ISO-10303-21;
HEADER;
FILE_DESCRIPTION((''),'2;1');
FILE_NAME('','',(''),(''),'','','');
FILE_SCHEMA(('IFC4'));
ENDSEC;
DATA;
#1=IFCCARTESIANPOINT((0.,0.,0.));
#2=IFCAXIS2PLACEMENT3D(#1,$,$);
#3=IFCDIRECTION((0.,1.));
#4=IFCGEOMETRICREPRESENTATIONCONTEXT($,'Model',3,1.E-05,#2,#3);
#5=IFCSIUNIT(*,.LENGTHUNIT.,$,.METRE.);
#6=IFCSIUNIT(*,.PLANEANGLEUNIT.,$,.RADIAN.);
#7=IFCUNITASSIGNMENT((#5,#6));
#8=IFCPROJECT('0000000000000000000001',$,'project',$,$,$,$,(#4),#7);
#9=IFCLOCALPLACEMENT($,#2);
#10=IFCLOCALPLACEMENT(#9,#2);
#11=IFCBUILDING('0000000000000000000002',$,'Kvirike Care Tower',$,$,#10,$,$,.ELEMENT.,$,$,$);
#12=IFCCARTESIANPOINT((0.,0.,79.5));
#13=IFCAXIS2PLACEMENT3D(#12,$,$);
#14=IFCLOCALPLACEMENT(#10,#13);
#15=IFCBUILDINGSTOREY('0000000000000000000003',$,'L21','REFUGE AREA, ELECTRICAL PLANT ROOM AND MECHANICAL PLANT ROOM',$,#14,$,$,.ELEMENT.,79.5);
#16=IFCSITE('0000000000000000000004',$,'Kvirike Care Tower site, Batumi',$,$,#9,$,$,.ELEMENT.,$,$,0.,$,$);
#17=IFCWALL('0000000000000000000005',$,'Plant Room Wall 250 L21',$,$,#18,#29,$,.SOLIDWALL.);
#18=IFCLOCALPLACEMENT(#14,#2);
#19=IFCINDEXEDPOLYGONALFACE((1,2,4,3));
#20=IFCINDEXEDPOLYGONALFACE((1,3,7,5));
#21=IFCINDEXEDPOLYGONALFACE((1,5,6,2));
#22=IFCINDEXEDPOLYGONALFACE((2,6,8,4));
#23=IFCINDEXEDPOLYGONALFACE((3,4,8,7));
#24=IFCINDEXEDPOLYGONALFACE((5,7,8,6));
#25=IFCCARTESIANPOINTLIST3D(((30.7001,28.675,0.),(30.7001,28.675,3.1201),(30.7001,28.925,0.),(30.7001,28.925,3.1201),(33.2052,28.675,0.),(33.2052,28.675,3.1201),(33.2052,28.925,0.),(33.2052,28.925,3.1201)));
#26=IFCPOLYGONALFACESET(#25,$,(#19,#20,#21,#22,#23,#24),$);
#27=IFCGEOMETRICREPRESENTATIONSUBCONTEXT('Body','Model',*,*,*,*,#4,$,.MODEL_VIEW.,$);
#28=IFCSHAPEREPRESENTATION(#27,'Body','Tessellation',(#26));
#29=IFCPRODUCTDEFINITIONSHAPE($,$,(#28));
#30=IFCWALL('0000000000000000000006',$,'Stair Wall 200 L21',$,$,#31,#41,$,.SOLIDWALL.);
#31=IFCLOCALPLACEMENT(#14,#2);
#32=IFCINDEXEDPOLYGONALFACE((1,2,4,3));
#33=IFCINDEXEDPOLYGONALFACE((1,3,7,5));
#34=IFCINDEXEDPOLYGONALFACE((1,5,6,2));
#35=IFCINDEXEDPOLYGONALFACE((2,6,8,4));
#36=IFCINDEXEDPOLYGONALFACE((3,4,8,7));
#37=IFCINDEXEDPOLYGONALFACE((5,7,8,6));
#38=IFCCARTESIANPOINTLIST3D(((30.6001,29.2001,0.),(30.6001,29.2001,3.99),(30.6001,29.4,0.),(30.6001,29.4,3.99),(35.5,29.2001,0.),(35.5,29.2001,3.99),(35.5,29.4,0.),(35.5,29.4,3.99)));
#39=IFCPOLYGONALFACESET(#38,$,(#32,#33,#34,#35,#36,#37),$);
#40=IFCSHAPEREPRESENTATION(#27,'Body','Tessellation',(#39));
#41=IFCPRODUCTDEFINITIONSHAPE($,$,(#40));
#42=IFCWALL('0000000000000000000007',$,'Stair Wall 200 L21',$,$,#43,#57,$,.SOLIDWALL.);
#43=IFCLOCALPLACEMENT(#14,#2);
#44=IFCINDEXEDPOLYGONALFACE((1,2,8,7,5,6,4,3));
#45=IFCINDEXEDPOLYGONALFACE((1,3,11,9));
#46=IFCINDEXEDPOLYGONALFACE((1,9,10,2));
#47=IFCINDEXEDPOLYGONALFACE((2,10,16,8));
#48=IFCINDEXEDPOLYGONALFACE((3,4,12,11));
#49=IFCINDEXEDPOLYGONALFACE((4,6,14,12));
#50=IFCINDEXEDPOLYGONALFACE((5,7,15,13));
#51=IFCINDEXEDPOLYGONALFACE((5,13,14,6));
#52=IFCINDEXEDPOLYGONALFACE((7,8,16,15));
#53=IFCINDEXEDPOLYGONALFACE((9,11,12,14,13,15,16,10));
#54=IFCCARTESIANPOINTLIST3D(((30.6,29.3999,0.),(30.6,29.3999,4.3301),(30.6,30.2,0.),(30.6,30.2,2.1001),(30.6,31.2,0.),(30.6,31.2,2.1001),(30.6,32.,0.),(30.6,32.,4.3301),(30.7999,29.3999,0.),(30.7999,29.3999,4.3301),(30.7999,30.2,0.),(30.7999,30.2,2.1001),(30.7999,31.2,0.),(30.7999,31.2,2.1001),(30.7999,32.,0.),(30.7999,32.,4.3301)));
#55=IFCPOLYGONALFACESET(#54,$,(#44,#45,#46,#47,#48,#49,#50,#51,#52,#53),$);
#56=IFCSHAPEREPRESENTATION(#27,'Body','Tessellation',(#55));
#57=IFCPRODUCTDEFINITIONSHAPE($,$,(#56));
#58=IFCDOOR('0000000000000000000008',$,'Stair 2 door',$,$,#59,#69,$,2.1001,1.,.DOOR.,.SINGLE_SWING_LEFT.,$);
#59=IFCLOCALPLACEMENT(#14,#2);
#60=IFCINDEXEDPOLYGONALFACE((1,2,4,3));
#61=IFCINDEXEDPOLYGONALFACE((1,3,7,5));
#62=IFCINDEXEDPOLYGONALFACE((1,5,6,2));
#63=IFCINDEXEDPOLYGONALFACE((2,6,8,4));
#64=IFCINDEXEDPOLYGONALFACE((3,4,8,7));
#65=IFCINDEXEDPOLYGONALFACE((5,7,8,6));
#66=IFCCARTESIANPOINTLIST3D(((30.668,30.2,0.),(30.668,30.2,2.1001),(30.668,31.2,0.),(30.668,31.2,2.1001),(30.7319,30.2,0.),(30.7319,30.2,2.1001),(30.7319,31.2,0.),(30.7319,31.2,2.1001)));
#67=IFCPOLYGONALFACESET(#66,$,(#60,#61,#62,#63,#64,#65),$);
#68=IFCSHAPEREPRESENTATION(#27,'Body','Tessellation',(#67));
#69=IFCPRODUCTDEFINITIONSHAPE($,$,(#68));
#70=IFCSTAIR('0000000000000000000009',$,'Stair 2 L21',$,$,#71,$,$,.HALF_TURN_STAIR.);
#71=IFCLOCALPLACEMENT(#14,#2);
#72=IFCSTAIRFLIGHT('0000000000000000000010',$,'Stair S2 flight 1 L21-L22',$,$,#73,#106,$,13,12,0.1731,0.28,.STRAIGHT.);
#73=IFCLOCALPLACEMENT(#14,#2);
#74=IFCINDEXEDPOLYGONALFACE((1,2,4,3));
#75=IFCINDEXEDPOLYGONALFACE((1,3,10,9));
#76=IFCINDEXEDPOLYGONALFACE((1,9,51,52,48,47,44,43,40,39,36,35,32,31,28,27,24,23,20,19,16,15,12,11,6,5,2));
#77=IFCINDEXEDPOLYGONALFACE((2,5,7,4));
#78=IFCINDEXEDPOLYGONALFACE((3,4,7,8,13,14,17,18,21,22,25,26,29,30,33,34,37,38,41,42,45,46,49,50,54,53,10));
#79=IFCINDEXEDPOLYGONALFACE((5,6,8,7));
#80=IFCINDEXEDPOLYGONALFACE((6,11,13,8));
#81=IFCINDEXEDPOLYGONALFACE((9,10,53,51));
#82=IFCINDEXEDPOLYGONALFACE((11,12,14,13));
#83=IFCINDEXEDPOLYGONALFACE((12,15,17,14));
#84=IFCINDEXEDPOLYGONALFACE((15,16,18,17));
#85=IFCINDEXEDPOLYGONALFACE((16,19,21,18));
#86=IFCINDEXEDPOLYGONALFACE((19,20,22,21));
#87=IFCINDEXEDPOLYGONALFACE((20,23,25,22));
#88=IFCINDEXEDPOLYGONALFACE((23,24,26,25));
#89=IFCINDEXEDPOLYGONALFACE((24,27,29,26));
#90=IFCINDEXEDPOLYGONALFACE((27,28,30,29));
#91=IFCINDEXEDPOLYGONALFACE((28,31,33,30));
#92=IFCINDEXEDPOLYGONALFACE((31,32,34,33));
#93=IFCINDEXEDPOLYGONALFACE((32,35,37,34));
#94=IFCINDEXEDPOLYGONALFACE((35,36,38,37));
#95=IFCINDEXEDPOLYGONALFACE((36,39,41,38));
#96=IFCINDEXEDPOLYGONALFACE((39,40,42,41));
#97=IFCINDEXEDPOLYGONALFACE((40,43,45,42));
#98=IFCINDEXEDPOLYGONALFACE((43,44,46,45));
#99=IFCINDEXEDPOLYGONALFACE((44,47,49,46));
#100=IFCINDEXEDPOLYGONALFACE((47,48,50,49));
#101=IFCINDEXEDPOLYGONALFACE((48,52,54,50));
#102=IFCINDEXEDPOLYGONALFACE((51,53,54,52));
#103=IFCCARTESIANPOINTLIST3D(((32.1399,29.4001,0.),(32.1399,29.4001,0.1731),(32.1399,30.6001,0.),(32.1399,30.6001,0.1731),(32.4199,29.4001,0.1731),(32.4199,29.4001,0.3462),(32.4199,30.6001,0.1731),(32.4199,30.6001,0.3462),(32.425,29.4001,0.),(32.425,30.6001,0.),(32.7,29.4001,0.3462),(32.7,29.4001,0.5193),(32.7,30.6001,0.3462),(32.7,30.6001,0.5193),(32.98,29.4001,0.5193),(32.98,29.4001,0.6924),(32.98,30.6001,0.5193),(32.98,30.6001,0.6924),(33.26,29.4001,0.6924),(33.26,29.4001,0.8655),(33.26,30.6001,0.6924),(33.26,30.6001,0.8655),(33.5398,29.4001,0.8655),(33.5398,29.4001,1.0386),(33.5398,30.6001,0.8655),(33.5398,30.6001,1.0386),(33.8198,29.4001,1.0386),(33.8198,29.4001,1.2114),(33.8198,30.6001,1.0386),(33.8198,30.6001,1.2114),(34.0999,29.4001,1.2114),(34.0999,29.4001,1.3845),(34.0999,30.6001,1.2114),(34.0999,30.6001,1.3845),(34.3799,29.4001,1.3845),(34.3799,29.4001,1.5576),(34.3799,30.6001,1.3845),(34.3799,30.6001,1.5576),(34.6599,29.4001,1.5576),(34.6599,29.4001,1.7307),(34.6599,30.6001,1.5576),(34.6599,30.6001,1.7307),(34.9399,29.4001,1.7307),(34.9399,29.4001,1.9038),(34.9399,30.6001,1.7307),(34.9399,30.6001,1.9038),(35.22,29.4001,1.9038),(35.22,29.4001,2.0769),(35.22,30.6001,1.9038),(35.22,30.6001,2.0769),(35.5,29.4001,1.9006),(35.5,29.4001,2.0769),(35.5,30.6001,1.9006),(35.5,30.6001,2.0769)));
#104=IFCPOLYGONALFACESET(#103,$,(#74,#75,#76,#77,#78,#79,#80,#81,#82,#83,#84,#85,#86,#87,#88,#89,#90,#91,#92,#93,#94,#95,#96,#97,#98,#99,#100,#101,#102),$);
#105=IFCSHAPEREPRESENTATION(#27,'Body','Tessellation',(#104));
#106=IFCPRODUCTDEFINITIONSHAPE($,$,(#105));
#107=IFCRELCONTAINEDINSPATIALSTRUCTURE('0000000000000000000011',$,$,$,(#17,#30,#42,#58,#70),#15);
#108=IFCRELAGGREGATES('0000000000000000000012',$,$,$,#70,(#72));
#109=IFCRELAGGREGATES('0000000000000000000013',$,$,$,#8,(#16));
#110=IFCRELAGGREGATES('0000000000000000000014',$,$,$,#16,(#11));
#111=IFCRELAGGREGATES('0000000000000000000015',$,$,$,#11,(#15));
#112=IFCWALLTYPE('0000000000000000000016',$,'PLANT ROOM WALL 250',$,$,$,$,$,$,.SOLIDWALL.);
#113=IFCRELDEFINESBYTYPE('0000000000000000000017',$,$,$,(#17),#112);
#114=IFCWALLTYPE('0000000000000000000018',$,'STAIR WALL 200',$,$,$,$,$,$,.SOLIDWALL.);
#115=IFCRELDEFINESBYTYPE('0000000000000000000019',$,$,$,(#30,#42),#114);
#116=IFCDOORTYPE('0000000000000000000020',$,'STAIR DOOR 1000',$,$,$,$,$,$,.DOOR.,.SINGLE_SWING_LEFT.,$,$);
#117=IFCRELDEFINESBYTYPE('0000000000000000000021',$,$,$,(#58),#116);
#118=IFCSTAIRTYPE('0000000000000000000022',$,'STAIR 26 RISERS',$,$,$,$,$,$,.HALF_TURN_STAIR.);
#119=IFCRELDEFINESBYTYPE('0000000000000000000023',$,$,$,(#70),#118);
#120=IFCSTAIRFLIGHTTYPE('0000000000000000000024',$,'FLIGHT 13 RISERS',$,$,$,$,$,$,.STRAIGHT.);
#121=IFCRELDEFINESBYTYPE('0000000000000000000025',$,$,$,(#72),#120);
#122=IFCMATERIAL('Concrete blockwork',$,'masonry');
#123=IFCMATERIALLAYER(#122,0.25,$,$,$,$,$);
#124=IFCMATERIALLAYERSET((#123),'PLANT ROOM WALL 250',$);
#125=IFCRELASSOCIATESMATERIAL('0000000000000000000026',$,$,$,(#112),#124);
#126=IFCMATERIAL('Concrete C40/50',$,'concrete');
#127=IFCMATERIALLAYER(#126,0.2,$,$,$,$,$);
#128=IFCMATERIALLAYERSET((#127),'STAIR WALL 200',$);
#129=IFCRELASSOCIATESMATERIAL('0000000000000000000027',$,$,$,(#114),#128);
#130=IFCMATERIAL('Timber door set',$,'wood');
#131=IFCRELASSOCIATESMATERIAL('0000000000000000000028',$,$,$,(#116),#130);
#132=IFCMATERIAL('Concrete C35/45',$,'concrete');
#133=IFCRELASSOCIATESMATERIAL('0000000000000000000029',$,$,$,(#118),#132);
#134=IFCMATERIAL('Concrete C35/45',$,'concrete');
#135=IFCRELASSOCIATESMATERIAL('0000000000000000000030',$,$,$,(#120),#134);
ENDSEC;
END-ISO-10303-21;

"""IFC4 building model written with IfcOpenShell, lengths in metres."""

from ifc_helpers import new_model, si_unit, direction, frame, frame_2d, origin, place, context, subcontext, project, spatial, polyline, rectangle, outline, extrude, material, layer, layer_set, type_object, element, fill, aggregate, save


model = new_model("IFC4")

# Units and contexts
model_context = context("Model", 3, precision=1e-05, world=origin(), true_north=direction((0.0, 1.0)))
body_context = subcontext(model_context, "Body", "Model", "MODEL_VIEW")
ifc_project = project(units=[si_unit("LENGTHUNIT", "METRE"), si_unit("PLANEANGLEUNIT", "RADIAN")], contexts=[model_context])

# Site, building, storey
site_placement = place(None, origin())
site = spatial("IfcSite", under=ifc_project, at=site_placement, Name="Kvirike Care Tower site, Batumi", CompositionType="ELEMENT", RefElevation=0.0)
building_placement = place(site_placement, origin())
building = spatial("IfcBuilding", under=site, at=building_placement, Name="Kvirike Care Tower", CompositionType="ELEMENT")
storey_placement = place(building_placement, frame((0.0, 0.0, 79.5)))
storey = spatial("IfcBuildingStorey", under=building, at=storey_placement, Name="L21", Description="REFUGE AREA, ELECTRICAL PLANT ROOM AND MECHANICAL PLANT ROOM", CompositionType="ELEMENT", Elevation=79.5)

# Shared definitions
ifc_material_1 = material(Name="Concrete blockwork", Category="masonry")
ifc_layer_1 = layer(ifc_material_1, 0.25)
ifc_layer_set_1 = layer_set([ifc_layer_1], Name="PLANT ROOM WALL 250")
wall_type_1 = type_object("IfcWallType", Name="PLANT ROOM WALL 250", PredefinedType="SOLIDWALL", material=ifc_layer_set_1)

# Walls
wall_1_placement = place(storey_placement, frame((33.2051, 28.8, 0.0), z_axis=(0.0, 0.0, 1.0), x_axis=(-1.0, 0.0, 0.0)))
element("IfcWall", 1, at=wall_1_placement, inside=storey, type_object=wall_type_1, Name="Plant Room Wall 250 L21", PredefinedType="SOLIDWALL", context=body_context, shape_type="SweptSolid", body=[
    extrude(rectangle(XDim=2.5051, YDim=0.25, at=frame_2d((1.2524, 0.0))), origin(), (0.0, 0.0, 1.0), 3.1201),
])
ifc_material_2 = material(Name="Concrete C40/50", Category="concrete")
ifc_layer_2 = layer(ifc_material_2, 0.2)
ifc_layer_set_2 = layer_set([ifc_layer_2], Name="STAIR WALL 200")
wall_type_2 = type_object("IfcWallType", Name="STAIR WALL 200", PredefinedType="SOLIDWALL", material=ifc_layer_set_2)
wall_2_placement = place(storey_placement, frame((35.5, 29.3, 0.0), z_axis=(0.0, 0.0, 1.0), x_axis=(-1.0, 0.0, 0.0)))
element("IfcWall", 2, at=wall_2_placement, inside=storey, type_object=wall_type_2, Name="Stair Wall 200 L21", PredefinedType="SOLIDWALL", context=body_context, shape_type="SweptSolid", body=[
    extrude(rectangle(XDim=4.8999, YDim=0.2, at=frame_2d((2.45, 0.0))), origin(), (0.0, 0.0, 1.0), 3.99),
])

# Wall, opening, door
wall_3_placement = place(storey_placement, frame((30.7, 29.3999, 0.0), z_axis=(0.0, 0.0, 1.0), x_axis=(0.0, 1.0, 0.0)))
wall_3 = element("IfcWall", 3, at=wall_3_placement, inside=storey, type_object=wall_type_2, Name="Stair Wall 200 L21", PredefinedType="SOLIDWALL", context=body_context, shape_type="SweptSolid", body=[
    extrude(rectangle(XDim=2.6001, YDim=0.2, at=frame_2d((1.3, 0.0))), origin(), (0.0, 0.0, 1.0), 4.3301),
])
opening_1_placement = place(wall_3_placement, frame((0.8, 0.0, 0.0)))
opening_1 = element("IfcOpeningElement", 4, at=opening_1_placement, cuts=wall_3, PredefinedType="OPENING", context=body_context, shape_type="SweptSolid", body=[
    extrude(rectangle(XDim=1.0, YDim=2.1001, at=frame_2d((0.5, 1.05))), frame((0.0, 0.1106, 0.0), z_axis=(0.0, -1.0, 0.0), x_axis=(1.0, 0.0, 0.0)), (0.0, 0.0, 1.0), 0.2209),
])
ifc_material_3 = material(Name="Timber door set", Category="wood")
door_type_1 = type_object("IfcDoorType", Name="STAIR DOOR 1000", OperationType="SINGLE_SWING_LEFT", PredefinedType="DOOR", material=ifc_material_3)
door_1_placement = place(opening_1_placement, frame((1.0, 0.0, 0.0), z_axis=(0.0, 0.0, 1.0), x_axis=(-1.0, 0.0, 0.0)))
door_1 = element("IfcDoor", 5, at=door_1_placement, inside=storey, type_object=door_type_1, Name="Stair 2 door", OperationType="SINGLE_SWING_LEFT", OverallHeight=2.1001, OverallWidth=1.0, PredefinedType="DOOR", context=body_context, shape_type="SweptSolid", body=[
    extrude(rectangle(XDim=1.0, YDim=2.1001, at=frame_2d((0.5, 1.05))), frame((0.0, 0.032, 0.0), z_axis=(0.0, -1.0, 0.0), x_axis=(1.0, 0.0, 0.0)), (0.0, 0.0, 1.0), 0.064),
])
fill(opening_1, door_1)

# Stair, stair flight
ifc_material_4 = material(Name="Concrete C35/45", Category="concrete")
stair_type = type_object("IfcStairType", Name="STAIR 26 RISERS", PredefinedType="HALF_TURN_STAIR", material=ifc_material_4)
stair_placement = place(storey_placement, origin())
stair = element("IfcStair", 6, at=stair_placement, inside=storey, type_object=stair_type, Name="Stair 2 L21", PredefinedType="HALF_TURN_STAIR")
ifc_material_5 = material(Name="Concrete C35/45", Category="concrete")
stair_flight_type = type_object("IfcStairFlightType", Name="FLIGHT 13 RISERS", PredefinedType="STRAIGHT", material=ifc_material_5)
stair_flight_placement = place(storey_placement, frame((32.1399, 30.0, 0.0), z_axis=(0.0, 0.0, 1.0), x_axis=(1.0, 0.0, 0.0)))
stair_flight = element("IfcStairFlight", 7, at=stair_flight_placement, type_object=stair_flight_type, Name="Stair S2 flight 1 L21-L22", NumberOfRisers=13, NumberOfTreads=12, PredefinedType="STRAIGHT", RiserHeight=0.1731, TreadLength=0.28, context=body_context, shape_type="SweptSolid", body=[
    extrude(outline(polyline([(0.0, 0.0), (0.0, 0.1731), (0.28, 0.1731), (0.28, 0.3462), (0.5601, 0.3462), (0.5601, 0.5193), (0.8401, 0.5193), (0.8401, 0.6924), (1.1201, 0.6924), (1.1201, 0.8655), (1.3999, 0.8655), (1.3999, 1.0386), (1.6799, 1.0386), (1.6799, 1.2114), (1.96, 1.2114), (1.96, 1.3845), (2.24, 1.3845), (2.24, 1.5576), (2.52, 1.5576), (2.52, 1.7307), (2.8, 1.7307), (2.8, 1.9038), (3.0801, 1.9038), (3.0801, 2.0769), (3.3601, 2.0769), (3.3601, 2.25), (3.3601, 1.9006), (0.2852, 0.0), (0.0, 0.0)])), frame((0.0, 0.6001, 0.0), z_axis=(0.0, -1.0, 0.0), x_axis=(1.0, 0.0, 0.0)), (0.0, 0.0, 1.0), 1.2),
])
aggregate(stair, [stair_flight])

save(model, "model.ifc")
